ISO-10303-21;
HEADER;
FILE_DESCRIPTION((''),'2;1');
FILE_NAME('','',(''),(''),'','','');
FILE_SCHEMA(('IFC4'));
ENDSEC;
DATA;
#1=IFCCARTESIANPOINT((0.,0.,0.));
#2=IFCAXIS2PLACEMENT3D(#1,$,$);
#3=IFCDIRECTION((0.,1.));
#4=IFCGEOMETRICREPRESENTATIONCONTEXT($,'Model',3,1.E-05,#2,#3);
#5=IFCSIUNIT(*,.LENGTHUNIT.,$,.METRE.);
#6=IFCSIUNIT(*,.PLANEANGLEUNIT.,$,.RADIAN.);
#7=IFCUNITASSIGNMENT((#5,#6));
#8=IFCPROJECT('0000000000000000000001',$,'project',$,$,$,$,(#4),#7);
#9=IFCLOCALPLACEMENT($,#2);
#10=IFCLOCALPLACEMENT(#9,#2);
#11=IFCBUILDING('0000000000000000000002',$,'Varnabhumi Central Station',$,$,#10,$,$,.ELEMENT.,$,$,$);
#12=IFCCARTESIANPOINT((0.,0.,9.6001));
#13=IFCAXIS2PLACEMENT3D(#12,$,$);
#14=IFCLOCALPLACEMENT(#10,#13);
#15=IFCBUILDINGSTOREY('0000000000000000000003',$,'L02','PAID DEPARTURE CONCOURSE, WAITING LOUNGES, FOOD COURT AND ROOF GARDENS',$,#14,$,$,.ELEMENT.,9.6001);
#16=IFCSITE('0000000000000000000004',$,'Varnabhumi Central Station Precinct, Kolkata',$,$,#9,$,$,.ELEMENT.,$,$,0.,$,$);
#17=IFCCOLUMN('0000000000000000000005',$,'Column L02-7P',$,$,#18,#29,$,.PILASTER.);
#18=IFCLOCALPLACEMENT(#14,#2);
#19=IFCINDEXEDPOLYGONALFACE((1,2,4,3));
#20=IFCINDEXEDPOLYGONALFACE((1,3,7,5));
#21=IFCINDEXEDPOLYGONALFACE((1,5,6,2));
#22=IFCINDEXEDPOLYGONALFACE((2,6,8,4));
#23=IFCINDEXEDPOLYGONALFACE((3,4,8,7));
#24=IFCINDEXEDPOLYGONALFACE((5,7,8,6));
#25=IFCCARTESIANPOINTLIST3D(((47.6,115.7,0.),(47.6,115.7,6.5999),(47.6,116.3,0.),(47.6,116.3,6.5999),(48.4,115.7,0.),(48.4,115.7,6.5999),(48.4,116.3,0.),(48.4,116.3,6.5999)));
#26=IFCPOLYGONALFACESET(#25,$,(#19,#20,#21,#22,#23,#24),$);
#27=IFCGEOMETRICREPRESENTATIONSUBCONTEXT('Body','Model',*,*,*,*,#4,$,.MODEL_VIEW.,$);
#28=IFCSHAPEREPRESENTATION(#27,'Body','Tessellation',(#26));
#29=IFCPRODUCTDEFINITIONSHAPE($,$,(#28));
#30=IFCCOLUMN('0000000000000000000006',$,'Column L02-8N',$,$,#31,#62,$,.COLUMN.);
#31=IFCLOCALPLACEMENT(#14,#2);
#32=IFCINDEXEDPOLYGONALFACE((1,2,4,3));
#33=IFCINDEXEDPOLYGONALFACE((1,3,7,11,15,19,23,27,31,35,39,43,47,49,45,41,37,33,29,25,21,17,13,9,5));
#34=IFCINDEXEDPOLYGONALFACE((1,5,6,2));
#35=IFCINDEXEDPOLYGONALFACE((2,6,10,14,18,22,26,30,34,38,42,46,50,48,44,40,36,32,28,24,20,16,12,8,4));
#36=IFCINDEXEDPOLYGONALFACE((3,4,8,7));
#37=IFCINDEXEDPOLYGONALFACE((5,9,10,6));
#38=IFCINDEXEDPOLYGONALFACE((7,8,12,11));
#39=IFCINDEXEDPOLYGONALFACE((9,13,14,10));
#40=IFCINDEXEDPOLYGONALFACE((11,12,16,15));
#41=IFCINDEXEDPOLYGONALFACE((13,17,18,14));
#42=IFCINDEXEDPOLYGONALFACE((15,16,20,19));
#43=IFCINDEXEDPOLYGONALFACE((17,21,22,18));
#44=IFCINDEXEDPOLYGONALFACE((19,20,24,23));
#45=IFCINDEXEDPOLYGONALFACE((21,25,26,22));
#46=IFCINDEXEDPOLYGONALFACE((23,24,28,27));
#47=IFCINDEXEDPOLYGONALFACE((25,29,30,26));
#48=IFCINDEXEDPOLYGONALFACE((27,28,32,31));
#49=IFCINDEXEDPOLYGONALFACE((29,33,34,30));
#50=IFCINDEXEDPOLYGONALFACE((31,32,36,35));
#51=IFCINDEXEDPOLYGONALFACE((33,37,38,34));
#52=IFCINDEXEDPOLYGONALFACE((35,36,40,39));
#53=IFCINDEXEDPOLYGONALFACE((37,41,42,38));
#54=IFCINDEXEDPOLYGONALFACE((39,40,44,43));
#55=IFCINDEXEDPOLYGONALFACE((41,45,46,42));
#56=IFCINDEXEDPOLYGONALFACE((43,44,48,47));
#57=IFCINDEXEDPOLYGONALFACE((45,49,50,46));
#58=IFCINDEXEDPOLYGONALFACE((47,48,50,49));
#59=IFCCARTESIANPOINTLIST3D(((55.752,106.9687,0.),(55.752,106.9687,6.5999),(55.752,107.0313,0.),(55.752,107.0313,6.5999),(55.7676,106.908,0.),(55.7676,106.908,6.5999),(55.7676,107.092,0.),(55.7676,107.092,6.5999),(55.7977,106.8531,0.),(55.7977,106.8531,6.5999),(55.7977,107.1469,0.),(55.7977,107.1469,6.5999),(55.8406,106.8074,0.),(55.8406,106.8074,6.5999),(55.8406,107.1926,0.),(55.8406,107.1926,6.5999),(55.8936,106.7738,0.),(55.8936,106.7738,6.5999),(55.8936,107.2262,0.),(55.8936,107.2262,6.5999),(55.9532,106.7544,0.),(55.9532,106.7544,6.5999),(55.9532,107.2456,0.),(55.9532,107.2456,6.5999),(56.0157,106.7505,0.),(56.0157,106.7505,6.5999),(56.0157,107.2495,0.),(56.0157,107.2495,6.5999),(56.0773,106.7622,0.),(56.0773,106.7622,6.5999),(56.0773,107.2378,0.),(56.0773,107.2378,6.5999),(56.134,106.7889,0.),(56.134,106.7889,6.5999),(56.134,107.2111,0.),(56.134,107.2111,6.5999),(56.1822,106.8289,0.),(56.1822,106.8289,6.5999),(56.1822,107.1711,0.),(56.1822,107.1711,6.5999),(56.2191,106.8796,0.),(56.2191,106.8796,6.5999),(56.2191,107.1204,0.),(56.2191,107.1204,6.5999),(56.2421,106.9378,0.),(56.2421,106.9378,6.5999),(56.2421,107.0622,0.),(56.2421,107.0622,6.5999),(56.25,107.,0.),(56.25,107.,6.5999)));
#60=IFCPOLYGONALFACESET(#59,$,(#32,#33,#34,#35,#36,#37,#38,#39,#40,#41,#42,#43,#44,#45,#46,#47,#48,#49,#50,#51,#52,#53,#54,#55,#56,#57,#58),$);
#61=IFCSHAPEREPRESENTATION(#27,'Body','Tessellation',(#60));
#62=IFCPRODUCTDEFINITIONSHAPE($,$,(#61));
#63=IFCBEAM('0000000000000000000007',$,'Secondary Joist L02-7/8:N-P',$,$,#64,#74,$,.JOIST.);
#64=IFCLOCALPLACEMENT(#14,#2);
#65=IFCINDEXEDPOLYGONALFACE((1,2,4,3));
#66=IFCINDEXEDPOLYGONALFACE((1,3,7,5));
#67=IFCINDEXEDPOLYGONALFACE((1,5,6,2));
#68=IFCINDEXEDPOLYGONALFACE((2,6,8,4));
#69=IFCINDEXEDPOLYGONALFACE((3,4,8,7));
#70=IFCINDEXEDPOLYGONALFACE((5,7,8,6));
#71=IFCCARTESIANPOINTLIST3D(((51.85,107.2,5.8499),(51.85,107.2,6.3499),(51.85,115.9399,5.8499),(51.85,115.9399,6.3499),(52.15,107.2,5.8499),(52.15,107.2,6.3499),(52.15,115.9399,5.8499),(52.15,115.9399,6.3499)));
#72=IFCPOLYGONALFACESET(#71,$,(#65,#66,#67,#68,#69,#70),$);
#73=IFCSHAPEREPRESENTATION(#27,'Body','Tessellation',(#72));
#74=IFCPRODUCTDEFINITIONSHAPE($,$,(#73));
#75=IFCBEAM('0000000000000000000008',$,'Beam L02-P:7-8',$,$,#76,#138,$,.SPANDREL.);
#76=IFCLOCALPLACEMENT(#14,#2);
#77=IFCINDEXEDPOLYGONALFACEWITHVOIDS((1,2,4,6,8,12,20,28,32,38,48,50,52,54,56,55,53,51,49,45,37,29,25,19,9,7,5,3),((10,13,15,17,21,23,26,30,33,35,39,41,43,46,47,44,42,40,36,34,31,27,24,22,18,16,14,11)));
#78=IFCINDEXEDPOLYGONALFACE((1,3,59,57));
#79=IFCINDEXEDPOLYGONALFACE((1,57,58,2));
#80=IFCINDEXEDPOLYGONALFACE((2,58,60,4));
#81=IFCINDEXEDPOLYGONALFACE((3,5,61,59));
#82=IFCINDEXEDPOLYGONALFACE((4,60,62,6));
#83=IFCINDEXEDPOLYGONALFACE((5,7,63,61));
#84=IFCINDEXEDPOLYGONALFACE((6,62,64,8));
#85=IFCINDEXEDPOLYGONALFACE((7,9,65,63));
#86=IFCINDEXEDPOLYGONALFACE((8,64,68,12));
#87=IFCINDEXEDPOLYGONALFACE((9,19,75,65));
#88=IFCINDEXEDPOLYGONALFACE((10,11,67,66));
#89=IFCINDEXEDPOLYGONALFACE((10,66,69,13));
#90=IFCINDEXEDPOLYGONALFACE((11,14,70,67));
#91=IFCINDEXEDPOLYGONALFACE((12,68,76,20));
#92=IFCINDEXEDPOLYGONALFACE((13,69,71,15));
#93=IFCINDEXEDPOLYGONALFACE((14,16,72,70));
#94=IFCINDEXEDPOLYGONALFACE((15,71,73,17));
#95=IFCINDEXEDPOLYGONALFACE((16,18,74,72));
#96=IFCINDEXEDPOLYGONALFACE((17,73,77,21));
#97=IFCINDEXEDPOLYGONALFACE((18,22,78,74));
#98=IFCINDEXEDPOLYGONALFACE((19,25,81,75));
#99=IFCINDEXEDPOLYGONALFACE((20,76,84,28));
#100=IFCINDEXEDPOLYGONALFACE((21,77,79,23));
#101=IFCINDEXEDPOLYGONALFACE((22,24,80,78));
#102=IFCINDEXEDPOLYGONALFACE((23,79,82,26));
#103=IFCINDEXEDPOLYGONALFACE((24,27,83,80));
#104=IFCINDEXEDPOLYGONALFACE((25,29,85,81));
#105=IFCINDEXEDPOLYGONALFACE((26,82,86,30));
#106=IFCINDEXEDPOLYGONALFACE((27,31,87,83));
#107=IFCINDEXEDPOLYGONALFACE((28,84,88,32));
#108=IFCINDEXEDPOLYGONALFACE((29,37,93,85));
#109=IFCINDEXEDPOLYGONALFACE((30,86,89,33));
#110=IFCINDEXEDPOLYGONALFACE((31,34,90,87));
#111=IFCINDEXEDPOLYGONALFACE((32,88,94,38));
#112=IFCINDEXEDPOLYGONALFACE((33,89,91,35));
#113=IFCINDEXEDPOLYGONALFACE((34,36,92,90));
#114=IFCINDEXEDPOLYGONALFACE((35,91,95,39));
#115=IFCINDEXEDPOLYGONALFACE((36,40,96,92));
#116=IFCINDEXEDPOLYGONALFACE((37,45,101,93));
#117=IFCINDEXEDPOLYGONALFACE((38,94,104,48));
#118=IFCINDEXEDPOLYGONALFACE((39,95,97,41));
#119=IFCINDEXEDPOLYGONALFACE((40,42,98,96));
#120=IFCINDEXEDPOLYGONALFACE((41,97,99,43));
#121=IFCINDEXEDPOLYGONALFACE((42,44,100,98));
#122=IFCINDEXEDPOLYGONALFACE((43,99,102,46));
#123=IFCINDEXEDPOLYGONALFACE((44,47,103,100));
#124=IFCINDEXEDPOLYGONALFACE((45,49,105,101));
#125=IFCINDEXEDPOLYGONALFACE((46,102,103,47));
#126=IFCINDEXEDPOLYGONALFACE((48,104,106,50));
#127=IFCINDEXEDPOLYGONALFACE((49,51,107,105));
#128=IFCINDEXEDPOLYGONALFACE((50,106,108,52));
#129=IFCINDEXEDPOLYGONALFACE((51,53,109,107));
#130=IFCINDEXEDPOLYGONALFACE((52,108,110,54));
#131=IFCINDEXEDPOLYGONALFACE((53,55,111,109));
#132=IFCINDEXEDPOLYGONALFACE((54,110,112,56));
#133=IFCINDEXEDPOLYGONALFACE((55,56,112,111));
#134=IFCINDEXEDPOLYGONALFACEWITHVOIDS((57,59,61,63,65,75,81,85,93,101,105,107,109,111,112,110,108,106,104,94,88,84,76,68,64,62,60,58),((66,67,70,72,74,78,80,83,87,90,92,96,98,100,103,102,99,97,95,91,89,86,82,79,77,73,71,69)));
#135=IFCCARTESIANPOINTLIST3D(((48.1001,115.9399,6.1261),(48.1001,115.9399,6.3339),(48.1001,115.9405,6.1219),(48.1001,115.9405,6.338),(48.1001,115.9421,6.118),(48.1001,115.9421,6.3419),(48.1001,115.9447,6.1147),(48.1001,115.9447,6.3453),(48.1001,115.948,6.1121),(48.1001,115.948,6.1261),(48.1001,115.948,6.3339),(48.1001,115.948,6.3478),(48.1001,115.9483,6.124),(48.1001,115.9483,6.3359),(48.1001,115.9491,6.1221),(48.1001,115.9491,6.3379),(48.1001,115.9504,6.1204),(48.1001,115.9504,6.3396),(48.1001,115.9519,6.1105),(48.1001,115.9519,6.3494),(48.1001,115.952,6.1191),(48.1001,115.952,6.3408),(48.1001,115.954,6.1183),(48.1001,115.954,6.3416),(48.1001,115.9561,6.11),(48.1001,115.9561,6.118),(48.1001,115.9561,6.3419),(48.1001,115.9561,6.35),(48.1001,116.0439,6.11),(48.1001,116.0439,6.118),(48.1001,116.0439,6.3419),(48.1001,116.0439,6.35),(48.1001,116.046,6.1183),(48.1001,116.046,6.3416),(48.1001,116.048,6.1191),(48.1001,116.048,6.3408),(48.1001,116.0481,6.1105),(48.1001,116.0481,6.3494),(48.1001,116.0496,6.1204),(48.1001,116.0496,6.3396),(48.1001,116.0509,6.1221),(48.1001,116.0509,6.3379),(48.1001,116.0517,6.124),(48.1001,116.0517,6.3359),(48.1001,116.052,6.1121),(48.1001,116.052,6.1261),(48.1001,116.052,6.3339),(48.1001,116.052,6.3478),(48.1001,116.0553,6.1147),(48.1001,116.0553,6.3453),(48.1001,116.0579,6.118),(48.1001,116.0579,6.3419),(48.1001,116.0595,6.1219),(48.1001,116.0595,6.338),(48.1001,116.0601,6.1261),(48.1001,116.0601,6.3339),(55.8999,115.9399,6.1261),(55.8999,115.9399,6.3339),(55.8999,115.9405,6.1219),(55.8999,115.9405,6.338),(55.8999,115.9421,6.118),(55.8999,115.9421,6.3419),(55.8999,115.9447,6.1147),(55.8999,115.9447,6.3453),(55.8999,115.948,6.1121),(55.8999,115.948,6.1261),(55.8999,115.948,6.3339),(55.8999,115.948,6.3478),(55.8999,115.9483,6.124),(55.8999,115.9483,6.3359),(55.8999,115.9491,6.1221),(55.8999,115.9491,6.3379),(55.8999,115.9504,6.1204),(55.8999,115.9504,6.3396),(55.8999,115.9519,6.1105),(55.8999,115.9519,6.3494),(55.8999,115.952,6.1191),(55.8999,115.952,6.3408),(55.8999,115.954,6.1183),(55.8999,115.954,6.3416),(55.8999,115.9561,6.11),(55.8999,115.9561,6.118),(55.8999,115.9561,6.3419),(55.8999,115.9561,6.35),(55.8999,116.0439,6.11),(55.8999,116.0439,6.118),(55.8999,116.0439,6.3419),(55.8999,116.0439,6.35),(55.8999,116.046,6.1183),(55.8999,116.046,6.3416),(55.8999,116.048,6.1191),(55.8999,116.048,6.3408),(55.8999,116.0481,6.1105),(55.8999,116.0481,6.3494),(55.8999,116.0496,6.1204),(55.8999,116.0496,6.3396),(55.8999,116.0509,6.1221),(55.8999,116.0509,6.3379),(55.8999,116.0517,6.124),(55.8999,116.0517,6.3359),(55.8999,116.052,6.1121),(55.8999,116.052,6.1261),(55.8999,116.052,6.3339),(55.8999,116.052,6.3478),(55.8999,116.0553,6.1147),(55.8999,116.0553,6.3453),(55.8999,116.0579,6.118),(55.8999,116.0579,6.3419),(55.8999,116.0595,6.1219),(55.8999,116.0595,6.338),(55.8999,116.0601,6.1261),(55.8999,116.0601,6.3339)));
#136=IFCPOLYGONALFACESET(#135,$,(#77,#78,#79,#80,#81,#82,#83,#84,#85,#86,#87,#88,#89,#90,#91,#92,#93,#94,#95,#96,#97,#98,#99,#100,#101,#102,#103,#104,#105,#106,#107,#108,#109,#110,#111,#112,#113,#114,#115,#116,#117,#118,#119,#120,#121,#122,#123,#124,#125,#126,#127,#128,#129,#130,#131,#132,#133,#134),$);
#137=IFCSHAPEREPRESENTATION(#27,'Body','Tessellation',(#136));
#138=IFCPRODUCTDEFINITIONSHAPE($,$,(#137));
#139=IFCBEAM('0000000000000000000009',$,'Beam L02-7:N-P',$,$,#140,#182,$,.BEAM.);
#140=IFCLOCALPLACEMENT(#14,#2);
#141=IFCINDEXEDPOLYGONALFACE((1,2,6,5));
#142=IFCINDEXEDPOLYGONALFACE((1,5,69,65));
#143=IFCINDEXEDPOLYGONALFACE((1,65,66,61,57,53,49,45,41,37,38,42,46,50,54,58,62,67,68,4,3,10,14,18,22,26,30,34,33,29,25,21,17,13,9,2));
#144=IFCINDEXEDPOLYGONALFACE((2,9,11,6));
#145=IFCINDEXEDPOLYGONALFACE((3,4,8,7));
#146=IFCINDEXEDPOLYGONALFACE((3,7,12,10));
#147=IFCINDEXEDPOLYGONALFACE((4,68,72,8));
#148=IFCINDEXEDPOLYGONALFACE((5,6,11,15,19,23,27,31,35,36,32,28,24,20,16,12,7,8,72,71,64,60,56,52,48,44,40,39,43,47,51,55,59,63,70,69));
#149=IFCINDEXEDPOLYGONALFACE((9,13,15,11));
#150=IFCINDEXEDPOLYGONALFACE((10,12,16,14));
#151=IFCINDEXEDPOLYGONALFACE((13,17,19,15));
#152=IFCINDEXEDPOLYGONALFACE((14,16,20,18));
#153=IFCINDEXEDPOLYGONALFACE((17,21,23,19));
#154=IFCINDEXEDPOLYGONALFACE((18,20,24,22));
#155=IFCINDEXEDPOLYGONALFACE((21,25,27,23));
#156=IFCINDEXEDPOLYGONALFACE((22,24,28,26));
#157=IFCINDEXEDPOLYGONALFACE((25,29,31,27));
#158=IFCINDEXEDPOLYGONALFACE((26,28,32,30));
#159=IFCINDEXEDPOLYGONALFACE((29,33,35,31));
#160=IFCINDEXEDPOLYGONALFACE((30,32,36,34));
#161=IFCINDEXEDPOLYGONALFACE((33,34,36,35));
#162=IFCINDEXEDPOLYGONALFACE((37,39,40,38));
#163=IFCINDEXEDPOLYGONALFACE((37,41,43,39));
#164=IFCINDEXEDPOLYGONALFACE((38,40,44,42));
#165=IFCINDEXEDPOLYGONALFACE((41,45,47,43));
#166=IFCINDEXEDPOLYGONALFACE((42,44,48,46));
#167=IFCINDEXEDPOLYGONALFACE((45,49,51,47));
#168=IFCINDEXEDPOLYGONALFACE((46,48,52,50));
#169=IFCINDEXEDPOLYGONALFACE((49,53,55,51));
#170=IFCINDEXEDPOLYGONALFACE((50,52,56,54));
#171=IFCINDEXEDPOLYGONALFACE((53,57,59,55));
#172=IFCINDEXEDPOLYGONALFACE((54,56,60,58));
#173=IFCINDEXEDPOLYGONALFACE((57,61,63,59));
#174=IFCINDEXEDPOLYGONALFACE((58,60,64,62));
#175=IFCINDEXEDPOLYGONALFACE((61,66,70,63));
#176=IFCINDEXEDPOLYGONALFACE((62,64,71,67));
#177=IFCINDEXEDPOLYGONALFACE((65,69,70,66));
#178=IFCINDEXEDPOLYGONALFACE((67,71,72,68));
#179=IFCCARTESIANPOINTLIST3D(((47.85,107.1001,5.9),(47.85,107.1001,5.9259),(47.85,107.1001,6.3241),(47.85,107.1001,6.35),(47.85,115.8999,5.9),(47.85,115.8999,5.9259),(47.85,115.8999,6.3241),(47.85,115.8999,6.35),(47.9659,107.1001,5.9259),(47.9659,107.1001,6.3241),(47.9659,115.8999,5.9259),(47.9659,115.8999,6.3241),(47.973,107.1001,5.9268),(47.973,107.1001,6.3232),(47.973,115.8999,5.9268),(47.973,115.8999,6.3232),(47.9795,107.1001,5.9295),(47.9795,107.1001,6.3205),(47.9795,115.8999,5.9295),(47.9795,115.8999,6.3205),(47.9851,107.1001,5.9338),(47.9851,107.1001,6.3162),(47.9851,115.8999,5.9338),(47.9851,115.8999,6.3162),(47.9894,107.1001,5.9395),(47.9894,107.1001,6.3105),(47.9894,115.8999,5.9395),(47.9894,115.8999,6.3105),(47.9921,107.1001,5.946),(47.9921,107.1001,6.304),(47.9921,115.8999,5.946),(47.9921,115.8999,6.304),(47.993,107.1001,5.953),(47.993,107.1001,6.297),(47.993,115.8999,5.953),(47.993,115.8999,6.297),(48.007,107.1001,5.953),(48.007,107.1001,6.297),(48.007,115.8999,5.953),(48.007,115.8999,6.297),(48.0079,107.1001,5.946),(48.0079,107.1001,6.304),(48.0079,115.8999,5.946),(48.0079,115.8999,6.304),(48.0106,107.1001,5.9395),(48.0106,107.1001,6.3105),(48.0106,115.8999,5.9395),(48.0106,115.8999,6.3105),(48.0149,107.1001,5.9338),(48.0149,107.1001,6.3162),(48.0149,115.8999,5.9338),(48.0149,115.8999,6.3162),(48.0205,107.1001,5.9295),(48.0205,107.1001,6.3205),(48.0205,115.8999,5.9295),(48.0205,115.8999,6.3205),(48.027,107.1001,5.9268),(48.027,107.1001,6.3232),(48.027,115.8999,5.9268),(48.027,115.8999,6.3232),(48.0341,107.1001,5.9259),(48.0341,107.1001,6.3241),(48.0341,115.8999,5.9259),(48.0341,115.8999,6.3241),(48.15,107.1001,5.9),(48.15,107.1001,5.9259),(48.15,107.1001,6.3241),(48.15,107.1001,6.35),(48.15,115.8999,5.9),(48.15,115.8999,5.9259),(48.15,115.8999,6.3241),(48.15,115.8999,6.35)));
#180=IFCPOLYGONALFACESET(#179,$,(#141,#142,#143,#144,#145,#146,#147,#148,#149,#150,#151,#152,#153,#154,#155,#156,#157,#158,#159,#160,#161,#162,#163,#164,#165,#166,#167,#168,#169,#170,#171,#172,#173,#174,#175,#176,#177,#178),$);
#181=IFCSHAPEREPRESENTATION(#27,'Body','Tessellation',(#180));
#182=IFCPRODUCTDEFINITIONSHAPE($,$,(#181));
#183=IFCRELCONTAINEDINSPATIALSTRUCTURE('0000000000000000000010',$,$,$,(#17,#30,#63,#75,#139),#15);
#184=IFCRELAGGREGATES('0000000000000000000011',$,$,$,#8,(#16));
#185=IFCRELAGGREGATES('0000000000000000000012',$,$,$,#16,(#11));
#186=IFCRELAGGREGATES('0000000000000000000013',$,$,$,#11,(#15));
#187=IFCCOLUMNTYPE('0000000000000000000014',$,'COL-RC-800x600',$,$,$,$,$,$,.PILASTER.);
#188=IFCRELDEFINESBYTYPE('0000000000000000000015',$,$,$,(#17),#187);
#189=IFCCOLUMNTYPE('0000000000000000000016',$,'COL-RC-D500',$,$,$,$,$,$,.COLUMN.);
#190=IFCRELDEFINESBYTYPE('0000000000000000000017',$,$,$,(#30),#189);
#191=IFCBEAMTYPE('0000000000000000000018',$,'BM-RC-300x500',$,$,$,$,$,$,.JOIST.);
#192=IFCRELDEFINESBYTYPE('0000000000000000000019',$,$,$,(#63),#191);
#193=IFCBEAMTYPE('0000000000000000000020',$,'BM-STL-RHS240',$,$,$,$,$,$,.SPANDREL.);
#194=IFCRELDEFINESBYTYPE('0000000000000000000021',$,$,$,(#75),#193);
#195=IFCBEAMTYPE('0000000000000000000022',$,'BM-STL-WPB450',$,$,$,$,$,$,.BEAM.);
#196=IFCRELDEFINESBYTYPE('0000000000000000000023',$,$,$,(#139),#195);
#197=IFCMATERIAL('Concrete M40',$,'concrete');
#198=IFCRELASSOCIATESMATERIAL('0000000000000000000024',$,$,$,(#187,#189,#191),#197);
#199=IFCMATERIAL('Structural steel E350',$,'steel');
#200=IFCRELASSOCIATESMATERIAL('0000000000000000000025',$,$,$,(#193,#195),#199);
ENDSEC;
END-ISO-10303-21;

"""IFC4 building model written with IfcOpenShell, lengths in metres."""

from ifc_helpers import new_model, si_unit, direction, frame, origin, origin_2d, place, context, subcontext, project, spatial, rectangle, hollow_rectangle, circle, i_section, extrude, material, material_profile, profile_set, type_object, element, save


model = new_model("IFC4")

# Units and contexts
model_context = context("Model", 3, precision=1e-05, world=origin(), true_north=direction((0.0, 1.0)))
body_context = subcontext(model_context, "Body", "Model", "MODEL_VIEW")
ifc_project = project(units=[si_unit("LENGTHUNIT", "METRE"), si_unit("PLANEANGLEUNIT", "RADIAN")], contexts=[model_context])

# Site, building, storey
site_placement = place(None, origin())
site = spatial("IfcSite", under=ifc_project, at=site_placement, Name="Varnabhumi Central Station Precinct, Kolkata", CompositionType="ELEMENT", RefElevation=0.0)
building_placement = place(site_placement, origin())
building = spatial("IfcBuilding", under=site, at=building_placement, Name="Varnabhumi Central Station", CompositionType="ELEMENT")
storey_placement = place(building_placement, frame((0.0, 0.0, 9.6001)))
storey = spatial("IfcBuildingStorey", under=building, at=storey_placement, Name="L02", Description="PAID DEPARTURE CONCOURSE, WAITING LOUNGES, FOOD COURT AND ROOF GARDENS", CompositionType="ELEMENT", Elevation=9.6001)

# Columns
ifc_material_1 = material(Name="Concrete M40", Category="concrete")
ifc_material_profile_1 = material_profile(ifc_material_1, rectangle(XDim=0.8, YDim=0.6001, at=origin_2d()), Name="Concrete M40", Category="concrete")
ifc_profile_set_1 = profile_set([ifc_material_profile_1], Name="Concrete M40")
column_type_1 = type_object("IfcColumnType", Name="COL-RC-800x600", PredefinedType="PILASTER", material=ifc_profile_set_1)
column_1_placement = place(storey_placement, frame((48.0, 116.0, 0.0), z_axis=(0.0, 0.0, 1.0), x_axis=(1.0, 0.0, 0.0)))
element("IfcColumn", 1, at=column_1_placement, inside=storey, type_object=column_type_1, Name="Column L02-7P", PredefinedType="PILASTER", context=body_context, shape_type="SweptSolid", body=[
    extrude(rectangle(XDim=0.8, YDim=0.6001, at=origin_2d()), origin(), (0.0, 0.0, 1.0), 6.5999),
])
ifc_material_profile_2 = material_profile(ifc_material_1, circle(Radius=0.25, at=origin_2d()), Name="Concrete M40", Category="concrete")
ifc_profile_set_2 = profile_set([ifc_material_profile_2], Name="Concrete M40")
column_type_2 = type_object("IfcColumnType", Name="COL-RC-D500", PredefinedType="COLUMN", material=ifc_profile_set_2)
column_2_placement = place(storey_placement, frame((56.0, 107.0, 0.0), z_axis=(0.0, 0.0, 1.0), x_axis=(1.0, 0.0, 0.0)))
element("IfcColumn", 2, at=column_2_placement, inside=storey, type_object=column_type_2, Name="Column L02-8N", PredefinedType="COLUMN", context=body_context, shape_type="SweptSolid", body=[
    extrude(circle(Radius=0.25, at=origin_2d()), origin(), (0.0, 0.0, 1.0), 6.5999),
])

# Beams
ifc_material_profile_3 = material_profile(ifc_material_1, rectangle(XDim=0.3, YDim=0.5, at=origin_2d()), Name="Concrete M40", Category="concrete")
ifc_profile_set_3 = profile_set([ifc_material_profile_3], Name="Concrete M40")
beam_type_1 = type_object("IfcBeamType", Name="BM-RC-300x500", PredefinedType="JOIST", material=ifc_profile_set_3)
beam_1_placement = place(storey_placement, frame((52.0, 107.2, 6.0999), z_axis=(0.0, 1.0, 0.0), x_axis=(-1.0, 0.0, 0.0)))
element("IfcBeam", 3, at=beam_1_placement, inside=storey, type_object=beam_type_1, Name="Secondary Joist L02-7/8:N-P", PredefinedType="JOIST", context=body_context, shape_type="SweptSolid", body=[
    extrude(rectangle(XDim=0.3, YDim=0.5, at=origin_2d()), origin(), (0.0, 0.0, 1.0), 8.74),
])
ifc_material_2 = material(Name="Structural steel E350", Category="steel")
ifc_material_profile_4 = material_profile(ifc_material_2, hollow_rectangle(XDim=0.1201, YDim=0.24, WallThickness=0.0081, InnerFilletRadius=0.0081, OuterFilletRadius=0.0161, at=origin_2d()), Name="Structural steel E350", Category="steel")
ifc_profile_set_4 = profile_set([ifc_material_profile_4], Name="Structural steel E350")
beam_type_2 = type_object("IfcBeamType", Name="BM-STL-RHS240", PredefinedType="SPANDREL", material=ifc_profile_set_4)
beam_2_placement = place(storey_placement, frame((48.1001, 116.0, 6.23), z_axis=(1.0, 0.0, 0.0), x_axis=(0.0, 1.0, 0.0)))
element("IfcBeam", 4, at=beam_2_placement, inside=storey, type_object=beam_type_2, Name="Beam L02-P:7-8", PredefinedType="SPANDREL", context=body_context, shape_type="SweptSolid", body=[
    extrude(hollow_rectangle(XDim=0.1201, YDim=0.24, WallThickness=0.0081, InnerFilletRadius=0.0081, OuterFilletRadius=0.0161, at=origin_2d()), origin(), (0.0, 0.0, 1.0), 7.7998),
])
ifc_material_profile_5 = material_profile(ifc_material_2, i_section(OverallWidth=0.3, OverallDepth=0.45, WebThickness=0.0139, FlangeThickness=0.0259, FilletRadius=0.0271, at=origin_2d()), Name="Structural steel E350", Category="steel")
ifc_profile_set_5 = profile_set([ifc_material_profile_5], Name="Structural steel E350")
beam_type_3 = type_object("IfcBeamType", Name="BM-STL-WPB450", PredefinedType="BEAM", material=ifc_profile_set_5)
for number, where, z_axis, x_axis, name in (
    (5, (48.0, 107.1001, 6.125), (0.0, 1.0, 0.0), (-1.0, 0.0, 0.0), "Beam L02-7:N-P"),
):
    element("IfcBeam", number, at=place(storey_placement, frame(where, z_axis=z_axis, x_axis=x_axis)), inside=storey, type_object=beam_type_3, Name=name, PredefinedType="BEAM", context=body_context, shape_type="SweptSolid", body=[
        extrude(i_section(OverallWidth=0.3, OverallDepth=0.45, WebThickness=0.0139, FlangeThickness=0.0259, FilletRadius=0.0271, at=origin_2d()), origin(), (0.0, 0.0, 1.0), 8.7998),
    ])

save(model, "model.ifc")
